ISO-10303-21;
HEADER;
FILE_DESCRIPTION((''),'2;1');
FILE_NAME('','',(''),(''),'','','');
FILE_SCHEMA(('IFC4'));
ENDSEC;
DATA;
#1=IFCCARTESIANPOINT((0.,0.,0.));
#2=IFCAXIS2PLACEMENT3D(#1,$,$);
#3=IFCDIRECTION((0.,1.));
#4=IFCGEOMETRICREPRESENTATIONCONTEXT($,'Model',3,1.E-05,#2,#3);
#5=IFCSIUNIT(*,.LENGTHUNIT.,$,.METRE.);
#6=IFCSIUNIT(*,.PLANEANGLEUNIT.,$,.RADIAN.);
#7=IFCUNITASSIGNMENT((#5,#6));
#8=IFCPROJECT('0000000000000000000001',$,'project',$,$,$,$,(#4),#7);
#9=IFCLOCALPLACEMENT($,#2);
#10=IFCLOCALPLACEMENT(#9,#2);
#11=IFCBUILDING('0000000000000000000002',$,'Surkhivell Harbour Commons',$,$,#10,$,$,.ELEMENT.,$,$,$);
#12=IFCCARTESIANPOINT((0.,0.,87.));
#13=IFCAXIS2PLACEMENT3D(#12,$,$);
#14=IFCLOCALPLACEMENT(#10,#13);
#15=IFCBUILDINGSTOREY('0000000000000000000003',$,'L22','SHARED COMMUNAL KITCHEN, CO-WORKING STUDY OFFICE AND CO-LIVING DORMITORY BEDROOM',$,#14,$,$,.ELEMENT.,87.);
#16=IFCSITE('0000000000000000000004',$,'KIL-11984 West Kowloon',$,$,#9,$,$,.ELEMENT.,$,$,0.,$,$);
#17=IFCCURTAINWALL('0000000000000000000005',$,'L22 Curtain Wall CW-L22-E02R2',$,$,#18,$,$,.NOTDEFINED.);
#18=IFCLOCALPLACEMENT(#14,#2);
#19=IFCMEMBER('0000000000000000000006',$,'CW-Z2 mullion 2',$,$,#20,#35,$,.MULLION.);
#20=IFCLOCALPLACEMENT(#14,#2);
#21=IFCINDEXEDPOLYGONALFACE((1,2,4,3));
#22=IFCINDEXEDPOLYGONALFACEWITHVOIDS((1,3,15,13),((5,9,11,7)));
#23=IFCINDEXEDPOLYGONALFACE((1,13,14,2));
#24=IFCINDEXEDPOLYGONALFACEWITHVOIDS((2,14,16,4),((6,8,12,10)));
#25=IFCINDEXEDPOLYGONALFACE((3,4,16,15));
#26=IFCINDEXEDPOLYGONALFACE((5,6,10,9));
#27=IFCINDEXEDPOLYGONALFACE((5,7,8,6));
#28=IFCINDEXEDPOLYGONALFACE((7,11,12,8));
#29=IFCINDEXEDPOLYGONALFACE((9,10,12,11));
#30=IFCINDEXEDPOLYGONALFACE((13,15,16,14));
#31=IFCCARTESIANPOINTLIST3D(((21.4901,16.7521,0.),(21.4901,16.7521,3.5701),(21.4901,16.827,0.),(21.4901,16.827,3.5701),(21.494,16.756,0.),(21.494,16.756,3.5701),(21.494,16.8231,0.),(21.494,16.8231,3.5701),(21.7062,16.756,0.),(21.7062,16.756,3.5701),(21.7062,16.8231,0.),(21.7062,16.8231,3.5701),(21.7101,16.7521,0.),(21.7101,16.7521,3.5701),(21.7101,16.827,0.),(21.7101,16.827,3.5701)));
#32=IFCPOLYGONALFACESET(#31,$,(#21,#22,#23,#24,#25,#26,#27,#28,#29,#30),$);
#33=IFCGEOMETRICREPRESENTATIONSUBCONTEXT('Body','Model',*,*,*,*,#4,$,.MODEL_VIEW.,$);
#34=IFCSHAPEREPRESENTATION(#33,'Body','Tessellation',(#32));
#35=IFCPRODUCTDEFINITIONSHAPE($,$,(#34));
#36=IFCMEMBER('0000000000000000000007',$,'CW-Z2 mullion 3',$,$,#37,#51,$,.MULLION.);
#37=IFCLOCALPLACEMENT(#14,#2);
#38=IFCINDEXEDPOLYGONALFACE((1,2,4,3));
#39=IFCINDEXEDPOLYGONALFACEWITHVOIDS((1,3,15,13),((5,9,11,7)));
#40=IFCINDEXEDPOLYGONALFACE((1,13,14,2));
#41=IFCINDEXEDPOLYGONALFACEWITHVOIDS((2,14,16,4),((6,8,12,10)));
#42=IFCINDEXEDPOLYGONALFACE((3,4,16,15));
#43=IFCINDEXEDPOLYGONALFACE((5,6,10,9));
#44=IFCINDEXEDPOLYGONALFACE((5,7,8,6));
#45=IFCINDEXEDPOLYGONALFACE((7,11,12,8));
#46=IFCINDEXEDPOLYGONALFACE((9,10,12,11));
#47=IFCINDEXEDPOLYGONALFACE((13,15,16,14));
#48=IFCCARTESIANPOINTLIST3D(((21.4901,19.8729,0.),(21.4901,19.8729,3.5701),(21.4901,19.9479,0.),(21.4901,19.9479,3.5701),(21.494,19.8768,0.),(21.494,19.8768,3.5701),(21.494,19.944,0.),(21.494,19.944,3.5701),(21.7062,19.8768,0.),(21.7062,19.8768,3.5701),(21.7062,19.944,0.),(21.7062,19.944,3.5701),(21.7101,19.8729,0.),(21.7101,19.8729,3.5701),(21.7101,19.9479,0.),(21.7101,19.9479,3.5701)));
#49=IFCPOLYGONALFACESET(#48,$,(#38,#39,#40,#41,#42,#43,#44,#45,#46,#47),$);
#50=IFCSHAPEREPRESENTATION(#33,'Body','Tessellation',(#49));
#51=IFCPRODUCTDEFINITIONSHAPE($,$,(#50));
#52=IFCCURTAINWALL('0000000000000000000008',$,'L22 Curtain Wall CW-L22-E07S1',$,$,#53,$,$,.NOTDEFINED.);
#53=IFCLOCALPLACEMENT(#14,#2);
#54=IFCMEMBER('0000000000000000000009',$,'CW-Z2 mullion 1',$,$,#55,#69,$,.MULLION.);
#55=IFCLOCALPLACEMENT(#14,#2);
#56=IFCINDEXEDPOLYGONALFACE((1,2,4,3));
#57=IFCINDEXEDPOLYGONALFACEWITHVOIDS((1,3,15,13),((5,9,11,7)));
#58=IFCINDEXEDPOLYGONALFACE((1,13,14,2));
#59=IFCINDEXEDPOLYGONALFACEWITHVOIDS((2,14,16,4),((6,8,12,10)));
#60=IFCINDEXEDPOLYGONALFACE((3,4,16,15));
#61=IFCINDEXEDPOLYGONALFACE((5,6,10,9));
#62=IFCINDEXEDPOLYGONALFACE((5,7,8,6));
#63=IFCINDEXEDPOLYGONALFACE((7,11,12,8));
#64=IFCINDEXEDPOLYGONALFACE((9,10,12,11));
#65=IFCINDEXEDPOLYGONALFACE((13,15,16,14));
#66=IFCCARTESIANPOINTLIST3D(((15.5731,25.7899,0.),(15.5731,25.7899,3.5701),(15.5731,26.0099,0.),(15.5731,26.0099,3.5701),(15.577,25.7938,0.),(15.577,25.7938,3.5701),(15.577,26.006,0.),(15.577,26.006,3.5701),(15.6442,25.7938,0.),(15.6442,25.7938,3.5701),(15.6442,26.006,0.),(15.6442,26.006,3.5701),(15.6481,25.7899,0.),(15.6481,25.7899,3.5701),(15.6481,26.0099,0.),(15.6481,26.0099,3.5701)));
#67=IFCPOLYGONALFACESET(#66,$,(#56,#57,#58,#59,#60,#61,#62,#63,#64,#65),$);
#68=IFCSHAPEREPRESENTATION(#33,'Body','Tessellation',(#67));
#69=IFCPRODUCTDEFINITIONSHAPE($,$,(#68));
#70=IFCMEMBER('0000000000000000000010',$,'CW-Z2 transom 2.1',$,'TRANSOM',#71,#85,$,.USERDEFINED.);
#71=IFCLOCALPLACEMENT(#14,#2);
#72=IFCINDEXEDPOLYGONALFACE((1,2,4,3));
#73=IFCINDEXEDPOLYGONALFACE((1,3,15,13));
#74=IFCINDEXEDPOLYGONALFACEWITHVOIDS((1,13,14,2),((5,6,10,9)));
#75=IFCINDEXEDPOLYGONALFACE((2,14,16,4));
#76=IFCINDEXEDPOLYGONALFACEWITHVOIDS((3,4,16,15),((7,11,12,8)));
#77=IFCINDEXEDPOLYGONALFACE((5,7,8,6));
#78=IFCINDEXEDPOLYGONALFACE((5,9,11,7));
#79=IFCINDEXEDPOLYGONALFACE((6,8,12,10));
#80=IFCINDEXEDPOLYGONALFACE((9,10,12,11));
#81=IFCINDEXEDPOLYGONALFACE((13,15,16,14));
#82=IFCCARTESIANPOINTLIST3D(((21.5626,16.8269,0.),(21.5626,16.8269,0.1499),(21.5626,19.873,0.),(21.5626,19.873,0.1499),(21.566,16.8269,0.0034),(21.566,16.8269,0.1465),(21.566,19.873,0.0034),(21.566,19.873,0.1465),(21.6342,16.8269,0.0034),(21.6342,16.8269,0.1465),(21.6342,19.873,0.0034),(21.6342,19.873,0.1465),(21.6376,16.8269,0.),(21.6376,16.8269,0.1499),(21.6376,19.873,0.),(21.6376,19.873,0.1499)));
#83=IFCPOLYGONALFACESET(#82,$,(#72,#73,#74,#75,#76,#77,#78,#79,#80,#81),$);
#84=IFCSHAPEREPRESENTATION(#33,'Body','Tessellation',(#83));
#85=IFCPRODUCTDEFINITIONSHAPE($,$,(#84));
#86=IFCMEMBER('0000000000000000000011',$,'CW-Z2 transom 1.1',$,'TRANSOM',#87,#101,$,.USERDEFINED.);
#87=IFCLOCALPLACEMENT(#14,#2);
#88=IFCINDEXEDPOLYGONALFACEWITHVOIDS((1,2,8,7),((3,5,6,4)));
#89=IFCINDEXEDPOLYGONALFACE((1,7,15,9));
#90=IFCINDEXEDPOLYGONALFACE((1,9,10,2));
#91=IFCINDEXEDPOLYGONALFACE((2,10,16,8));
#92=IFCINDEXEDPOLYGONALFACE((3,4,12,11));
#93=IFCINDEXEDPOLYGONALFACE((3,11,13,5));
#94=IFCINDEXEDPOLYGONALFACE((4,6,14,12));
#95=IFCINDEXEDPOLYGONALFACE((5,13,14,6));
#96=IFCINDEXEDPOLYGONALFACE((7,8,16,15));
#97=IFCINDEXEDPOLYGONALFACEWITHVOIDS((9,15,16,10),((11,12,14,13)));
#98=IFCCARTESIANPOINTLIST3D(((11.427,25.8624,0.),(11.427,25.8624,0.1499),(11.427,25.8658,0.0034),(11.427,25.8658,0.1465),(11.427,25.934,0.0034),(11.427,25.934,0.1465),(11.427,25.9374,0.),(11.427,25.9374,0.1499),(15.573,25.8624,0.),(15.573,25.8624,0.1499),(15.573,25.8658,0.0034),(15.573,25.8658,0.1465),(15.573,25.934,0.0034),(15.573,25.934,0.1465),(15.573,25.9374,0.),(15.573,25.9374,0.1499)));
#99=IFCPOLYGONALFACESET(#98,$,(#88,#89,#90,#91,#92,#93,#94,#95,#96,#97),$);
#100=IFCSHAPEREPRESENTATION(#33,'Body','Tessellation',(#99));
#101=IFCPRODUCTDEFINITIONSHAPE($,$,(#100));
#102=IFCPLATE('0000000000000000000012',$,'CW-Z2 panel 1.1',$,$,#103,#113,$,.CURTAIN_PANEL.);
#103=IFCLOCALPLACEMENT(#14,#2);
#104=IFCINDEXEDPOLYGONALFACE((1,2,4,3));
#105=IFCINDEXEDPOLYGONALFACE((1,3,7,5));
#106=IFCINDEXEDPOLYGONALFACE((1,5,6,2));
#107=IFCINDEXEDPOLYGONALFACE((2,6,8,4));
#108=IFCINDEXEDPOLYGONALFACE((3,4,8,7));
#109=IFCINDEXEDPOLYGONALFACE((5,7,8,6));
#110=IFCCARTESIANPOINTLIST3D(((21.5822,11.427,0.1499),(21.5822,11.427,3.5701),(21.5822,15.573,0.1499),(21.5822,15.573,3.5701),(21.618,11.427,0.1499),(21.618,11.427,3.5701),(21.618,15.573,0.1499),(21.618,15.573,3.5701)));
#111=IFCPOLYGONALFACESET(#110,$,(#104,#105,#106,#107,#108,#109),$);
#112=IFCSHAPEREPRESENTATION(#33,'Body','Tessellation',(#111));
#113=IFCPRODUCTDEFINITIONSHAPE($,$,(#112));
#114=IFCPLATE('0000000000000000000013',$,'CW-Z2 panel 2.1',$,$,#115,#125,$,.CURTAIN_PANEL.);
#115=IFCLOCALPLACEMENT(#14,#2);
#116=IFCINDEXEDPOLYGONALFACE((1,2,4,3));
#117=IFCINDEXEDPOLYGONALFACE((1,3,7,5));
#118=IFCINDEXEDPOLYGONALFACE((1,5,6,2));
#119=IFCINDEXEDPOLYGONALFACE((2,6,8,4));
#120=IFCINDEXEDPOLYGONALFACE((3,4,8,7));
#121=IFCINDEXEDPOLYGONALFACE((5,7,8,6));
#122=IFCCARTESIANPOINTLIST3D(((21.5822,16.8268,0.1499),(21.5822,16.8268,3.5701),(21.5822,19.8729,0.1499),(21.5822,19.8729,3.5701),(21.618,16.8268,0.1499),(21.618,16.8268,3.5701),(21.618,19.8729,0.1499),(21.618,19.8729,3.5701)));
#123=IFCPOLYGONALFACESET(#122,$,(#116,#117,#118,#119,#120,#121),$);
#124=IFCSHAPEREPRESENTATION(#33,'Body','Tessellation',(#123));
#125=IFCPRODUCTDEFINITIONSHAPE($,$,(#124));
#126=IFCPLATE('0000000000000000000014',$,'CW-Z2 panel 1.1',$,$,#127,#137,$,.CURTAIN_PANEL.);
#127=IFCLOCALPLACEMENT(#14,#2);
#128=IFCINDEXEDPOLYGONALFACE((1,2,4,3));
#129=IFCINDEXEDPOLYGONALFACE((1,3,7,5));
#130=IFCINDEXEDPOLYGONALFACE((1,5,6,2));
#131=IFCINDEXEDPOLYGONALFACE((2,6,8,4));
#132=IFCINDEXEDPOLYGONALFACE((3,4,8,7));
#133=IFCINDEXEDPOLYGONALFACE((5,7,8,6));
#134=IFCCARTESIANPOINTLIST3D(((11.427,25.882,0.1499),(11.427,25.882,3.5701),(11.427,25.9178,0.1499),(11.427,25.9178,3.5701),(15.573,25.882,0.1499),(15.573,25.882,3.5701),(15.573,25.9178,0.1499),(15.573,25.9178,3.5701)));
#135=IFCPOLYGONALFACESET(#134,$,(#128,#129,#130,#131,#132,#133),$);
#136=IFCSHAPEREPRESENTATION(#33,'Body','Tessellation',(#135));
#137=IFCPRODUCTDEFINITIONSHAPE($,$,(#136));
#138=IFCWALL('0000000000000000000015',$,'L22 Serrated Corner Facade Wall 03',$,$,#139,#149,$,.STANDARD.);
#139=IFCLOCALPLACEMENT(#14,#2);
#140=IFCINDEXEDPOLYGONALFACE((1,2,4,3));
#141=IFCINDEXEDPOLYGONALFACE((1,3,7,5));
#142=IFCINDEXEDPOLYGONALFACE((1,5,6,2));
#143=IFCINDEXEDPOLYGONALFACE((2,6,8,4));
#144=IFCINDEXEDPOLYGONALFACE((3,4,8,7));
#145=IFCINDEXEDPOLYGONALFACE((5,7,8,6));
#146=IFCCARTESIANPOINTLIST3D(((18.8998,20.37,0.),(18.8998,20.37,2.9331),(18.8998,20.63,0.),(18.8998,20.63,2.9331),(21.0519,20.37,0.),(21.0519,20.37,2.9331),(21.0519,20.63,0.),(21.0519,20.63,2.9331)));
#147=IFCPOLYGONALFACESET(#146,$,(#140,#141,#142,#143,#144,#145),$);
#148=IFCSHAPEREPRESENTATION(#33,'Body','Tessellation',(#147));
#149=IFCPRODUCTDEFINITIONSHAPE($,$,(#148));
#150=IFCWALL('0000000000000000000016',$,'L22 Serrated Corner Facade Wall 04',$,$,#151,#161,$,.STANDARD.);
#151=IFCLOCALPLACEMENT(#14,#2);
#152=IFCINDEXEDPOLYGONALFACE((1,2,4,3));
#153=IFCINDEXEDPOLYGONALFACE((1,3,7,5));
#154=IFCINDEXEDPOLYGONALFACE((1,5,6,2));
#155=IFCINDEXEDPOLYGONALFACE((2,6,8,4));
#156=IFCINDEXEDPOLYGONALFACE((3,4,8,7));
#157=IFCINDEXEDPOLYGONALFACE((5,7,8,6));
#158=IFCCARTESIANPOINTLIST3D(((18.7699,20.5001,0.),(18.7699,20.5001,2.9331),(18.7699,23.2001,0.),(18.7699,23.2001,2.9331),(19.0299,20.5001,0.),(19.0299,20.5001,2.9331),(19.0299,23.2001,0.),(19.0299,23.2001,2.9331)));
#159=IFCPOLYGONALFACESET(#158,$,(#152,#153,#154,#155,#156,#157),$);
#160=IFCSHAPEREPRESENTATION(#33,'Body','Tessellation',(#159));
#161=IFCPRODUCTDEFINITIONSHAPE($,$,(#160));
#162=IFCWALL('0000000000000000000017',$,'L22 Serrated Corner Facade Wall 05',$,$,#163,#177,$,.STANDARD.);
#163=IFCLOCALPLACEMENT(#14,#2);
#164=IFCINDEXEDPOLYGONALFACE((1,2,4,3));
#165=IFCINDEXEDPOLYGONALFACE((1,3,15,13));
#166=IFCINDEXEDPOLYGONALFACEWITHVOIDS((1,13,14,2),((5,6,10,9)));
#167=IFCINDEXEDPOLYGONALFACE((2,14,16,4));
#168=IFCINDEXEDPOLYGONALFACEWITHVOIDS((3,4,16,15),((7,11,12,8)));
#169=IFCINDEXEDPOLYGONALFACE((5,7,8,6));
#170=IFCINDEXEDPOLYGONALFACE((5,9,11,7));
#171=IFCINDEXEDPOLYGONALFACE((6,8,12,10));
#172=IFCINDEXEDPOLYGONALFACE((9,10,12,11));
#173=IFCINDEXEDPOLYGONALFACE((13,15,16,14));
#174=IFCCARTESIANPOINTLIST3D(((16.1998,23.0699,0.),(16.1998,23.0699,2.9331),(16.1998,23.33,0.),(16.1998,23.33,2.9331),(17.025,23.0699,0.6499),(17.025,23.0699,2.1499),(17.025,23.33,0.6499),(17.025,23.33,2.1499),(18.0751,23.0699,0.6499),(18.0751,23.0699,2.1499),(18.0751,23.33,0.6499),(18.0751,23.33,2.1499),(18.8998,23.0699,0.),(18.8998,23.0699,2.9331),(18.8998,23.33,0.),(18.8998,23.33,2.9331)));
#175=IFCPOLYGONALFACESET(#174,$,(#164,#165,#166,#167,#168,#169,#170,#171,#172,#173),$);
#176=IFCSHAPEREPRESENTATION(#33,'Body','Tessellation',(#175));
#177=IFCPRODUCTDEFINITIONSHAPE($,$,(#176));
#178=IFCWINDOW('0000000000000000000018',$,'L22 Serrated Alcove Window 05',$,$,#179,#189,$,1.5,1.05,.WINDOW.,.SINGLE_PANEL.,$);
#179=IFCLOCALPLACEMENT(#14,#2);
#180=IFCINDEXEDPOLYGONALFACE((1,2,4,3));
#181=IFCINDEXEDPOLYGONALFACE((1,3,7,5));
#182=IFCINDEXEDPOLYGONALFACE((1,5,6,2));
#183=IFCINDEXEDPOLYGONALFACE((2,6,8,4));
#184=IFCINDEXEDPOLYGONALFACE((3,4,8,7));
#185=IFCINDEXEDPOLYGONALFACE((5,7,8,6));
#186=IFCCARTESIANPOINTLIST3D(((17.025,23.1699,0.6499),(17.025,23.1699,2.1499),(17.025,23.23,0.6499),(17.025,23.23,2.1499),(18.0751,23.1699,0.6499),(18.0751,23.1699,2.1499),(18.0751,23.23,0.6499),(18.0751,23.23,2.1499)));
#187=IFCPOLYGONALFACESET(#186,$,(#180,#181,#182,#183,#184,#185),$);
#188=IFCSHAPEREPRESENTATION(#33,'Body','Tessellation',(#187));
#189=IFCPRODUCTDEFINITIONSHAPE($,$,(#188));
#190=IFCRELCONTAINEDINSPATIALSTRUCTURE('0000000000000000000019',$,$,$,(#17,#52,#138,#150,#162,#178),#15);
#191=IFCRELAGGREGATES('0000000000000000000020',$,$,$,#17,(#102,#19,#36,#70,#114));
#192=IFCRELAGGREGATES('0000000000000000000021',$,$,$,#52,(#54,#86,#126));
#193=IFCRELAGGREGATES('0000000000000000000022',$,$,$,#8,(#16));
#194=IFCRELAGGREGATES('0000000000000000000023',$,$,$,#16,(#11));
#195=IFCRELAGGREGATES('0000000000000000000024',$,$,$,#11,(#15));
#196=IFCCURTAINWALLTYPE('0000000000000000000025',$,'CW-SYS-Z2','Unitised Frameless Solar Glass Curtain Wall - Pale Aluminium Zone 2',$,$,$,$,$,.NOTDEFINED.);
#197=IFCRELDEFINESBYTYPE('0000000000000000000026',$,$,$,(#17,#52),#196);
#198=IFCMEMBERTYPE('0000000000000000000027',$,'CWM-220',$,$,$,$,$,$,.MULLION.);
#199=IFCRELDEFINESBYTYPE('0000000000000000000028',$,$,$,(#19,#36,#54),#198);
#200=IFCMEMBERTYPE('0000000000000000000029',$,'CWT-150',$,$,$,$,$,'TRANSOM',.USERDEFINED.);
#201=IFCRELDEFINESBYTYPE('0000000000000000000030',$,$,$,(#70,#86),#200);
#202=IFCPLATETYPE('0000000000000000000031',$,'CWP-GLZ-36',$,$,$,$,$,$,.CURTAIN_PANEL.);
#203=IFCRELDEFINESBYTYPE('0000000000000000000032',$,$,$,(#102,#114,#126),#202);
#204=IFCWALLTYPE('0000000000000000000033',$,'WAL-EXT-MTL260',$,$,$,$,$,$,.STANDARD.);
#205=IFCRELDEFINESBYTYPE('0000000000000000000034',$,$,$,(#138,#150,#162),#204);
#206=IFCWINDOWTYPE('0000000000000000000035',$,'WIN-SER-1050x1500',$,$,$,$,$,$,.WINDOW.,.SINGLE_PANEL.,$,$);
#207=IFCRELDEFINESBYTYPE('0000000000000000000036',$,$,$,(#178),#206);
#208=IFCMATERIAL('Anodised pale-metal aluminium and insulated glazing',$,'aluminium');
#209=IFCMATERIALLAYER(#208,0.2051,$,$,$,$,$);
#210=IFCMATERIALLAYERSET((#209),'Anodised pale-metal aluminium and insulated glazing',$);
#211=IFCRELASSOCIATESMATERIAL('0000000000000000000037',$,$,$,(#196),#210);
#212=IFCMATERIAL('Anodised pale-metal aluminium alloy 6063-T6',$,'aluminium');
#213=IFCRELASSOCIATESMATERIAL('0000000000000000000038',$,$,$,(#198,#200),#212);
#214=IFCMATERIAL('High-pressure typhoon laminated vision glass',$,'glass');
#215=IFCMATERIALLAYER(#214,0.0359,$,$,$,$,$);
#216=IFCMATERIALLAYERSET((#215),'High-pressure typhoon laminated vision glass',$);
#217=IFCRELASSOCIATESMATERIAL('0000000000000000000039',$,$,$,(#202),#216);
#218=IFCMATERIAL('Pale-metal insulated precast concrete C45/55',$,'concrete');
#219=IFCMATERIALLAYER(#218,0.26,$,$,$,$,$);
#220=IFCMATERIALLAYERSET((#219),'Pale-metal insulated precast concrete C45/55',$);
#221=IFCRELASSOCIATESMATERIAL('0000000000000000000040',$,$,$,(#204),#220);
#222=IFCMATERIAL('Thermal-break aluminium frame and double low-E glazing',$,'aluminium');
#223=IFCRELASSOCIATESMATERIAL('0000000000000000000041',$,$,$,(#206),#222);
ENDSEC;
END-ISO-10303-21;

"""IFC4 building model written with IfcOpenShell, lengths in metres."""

from ifc_helpers import new_model, si_unit, direction, frame, frame_2d, origin, origin_2d, place, context, subcontext, project, spatial, rectangle, hollow_rectangle, extrude, material, layer, layer_set, material_profile, profile_set, type_object, element, fill, aggregate, save


model = new_model("IFC4")

# Units and contexts
model_context = context("Model", 3, precision=1e-05, world=origin(), true_north=direction((0.0, 1.0)))
body_context = subcontext(model_context, "Body", "Model", "MODEL_VIEW")
ifc_project = project(units=[si_unit("LENGTHUNIT", "METRE"), si_unit("PLANEANGLEUNIT", "RADIAN")], contexts=[model_context])

# Site, building, storey
site_placement = place(None, origin())
site = spatial("IfcSite", under=ifc_project, at=site_placement, Name="KIL-11984 West Kowloon", CompositionType="ELEMENT", RefElevation=0.0)
building_placement = place(site_placement, origin())
building = spatial("IfcBuilding", under=site, at=building_placement, Name="Surkhivell Harbour Commons", CompositionType="ELEMENT")
storey_placement = place(building_placement, frame((0.0, 0.0, 87.0)))
storey = spatial("IfcBuildingStorey", under=building, at=storey_placement, Name="L22", Description="SHARED COMMUNAL KITCHEN, CO-WORKING STUDY OFFICE AND CO-LIVING DORMITORY BEDROOM", CompositionType="ELEMENT", Elevation=87.0)

# Curtain wall, members
ifc_material_1 = material(Name="Anodised pale-metal aluminium and insulated glazing", Category="aluminium")
ifc_layer_1 = layer(ifc_material_1, 0.2051)
ifc_layer_set_1 = layer_set([ifc_layer_1], Name="Anodised pale-metal aluminium and insulated glazing")
curtain_wall_type = type_object("IfcCurtainWallType", Name="CW-SYS-Z2", Description="Unitised Frameless Solar Glass Curtain Wall - Pale Aluminium Zone 2", PredefinedType="NOTDEFINED", material=ifc_layer_set_1)
curtain_wall_1_placement = place(storey_placement, origin())
curtain_wall_1 = element("IfcCurtainWall", 1, at=curtain_wall_1_placement, inside=storey, type_object=curtain_wall_type, Name="L22 Curtain Wall CW-L22-E02R2", PredefinedType="NOTDEFINED")
ifc_material_2 = material(Name="Anodised pale-metal aluminium alloy 6063-T6", Category="aluminium")
ifc_material_profile_1 = material_profile(ifc_material_2, hollow_rectangle(XDim=0.075, YDim=0.22, WallThickness=0.0039, at=origin_2d()), Name="ALU-MULL-75x220")
ifc_profile_set_1 = profile_set([ifc_material_profile_1], Name="Anodised pale-metal aluminium alloy 6063-T6")
member_type_1 = type_object("IfcMemberType", Name="CWM-220", PredefinedType="MULLION", material=ifc_profile_set_1)
member_1_placement = place(storey_placement, frame((21.6001, 16.7896, 0.0), z_axis=(0.0, 0.0, 1.0), x_axis=(0.0, 1.0, 0.0)))
member_1 = element("IfcMember", 2, at=member_1_placement, type_object=member_type_1, Name="CW-Z2 mullion 2", PredefinedType="MULLION", context=body_context, shape_type="SweptSolid", body=[
    extrude(hollow_rectangle(XDim=0.075, YDim=0.22, WallThickness=0.0039, at=origin_2d()), origin(), (0.0, 0.0, 1.0), 3.5701),
])
member_2_placement = place(storey_placement, frame((21.6001, 19.9104, 0.0), z_axis=(0.0, 0.0, 1.0), x_axis=(0.0, 1.0, 0.0)))
member_2 = element("IfcMember", 3, at=member_2_placement, type_object=member_type_1, Name="CW-Z2 mullion 3", PredefinedType="MULLION", context=body_context, shape_type="SweptSolid", body=[
    extrude(hollow_rectangle(XDim=0.075, YDim=0.22, WallThickness=0.0039, at=origin_2d()), origin(), (0.0, 0.0, 1.0), 3.5701),
])

# Curtain wall, member
curtain_wall_2_placement = place(storey_placement, origin())
curtain_wall_2 = element("IfcCurtainWall", 4, at=curtain_wall_2_placement, inside=storey, type_object=curtain_wall_type, Name="L22 Curtain Wall CW-L22-E07S1", PredefinedType="NOTDEFINED")
member_3_placement = place(storey_placement, frame((15.6106, 25.8999, 0.0), z_axis=(0.0, 0.0, 1.0), x_axis=(-1.0, 0.0, 0.0)))
member_3 = element("IfcMember", 5, at=member_3_placement, type_object=member_type_1, Name="CW-Z2 mullion 1", PredefinedType="MULLION", context=body_context, shape_type="SweptSolid", body=[
    extrude(hollow_rectangle(XDim=0.075, YDim=0.22, WallThickness=0.0039, at=origin_2d()), origin(), (0.0, 0.0, 1.0), 3.5701),
])

# Members
ifc_material_profile_2 = material_profile(ifc_material_2, hollow_rectangle(XDim=0.075, YDim=0.1499, WallThickness=0.0034, at=origin_2d()), Name="ALU-TRAN-75x150")
ifc_profile_set_2 = profile_set([ifc_material_profile_2], Name="Anodised pale-metal aluminium alloy 6063-T6")
member_type_2 = type_object("IfcMemberType", Name="CWT-150", ElementType="TRANSOM", PredefinedType="USERDEFINED", material=ifc_profile_set_2)
member_4_placement = place(storey_placement, frame((21.6001, 16.8269, 0.075), z_axis=(0.0, 1.0, 0.0), x_axis=(-1.0, 0.0, 0.0)))
member_4 = element("IfcMember", 6, at=member_4_placement, type_object=member_type_2, Name="CW-Z2 transom 2.1", ObjectType="TRANSOM", PredefinedType="USERDEFINED", context=body_context, shape_type="SweptSolid", body=[
    extrude(hollow_rectangle(XDim=0.075, YDim=0.1499, WallThickness=0.0034, at=origin_2d()), origin(), (0.0, 0.0, 1.0), 3.0461),
])
member_5_placement = place(storey_placement, frame((15.573, 25.8999, 0.075), z_axis=(-1.0, 0.0, 0.0), x_axis=(0.0, -1.0, 0.0)))
member_5 = element("IfcMember", 7, at=member_5_placement, type_object=member_type_2, Name="CW-Z2 transom 1.1", ObjectType="TRANSOM", PredefinedType="USERDEFINED", context=body_context, shape_type="SweptSolid", body=[
    extrude(hollow_rectangle(XDim=0.075, YDim=0.1499, WallThickness=0.0034, at=origin_2d()), origin(), (0.0, 0.0, 1.0), 4.146),
])

# Plates
ifc_material_3 = material(Name="High-pressure typhoon laminated vision glass", Category="glass")
ifc_layer_2 = layer(ifc_material_3, 0.0359)
ifc_layer_set_2 = layer_set([ifc_layer_2], Name="High-pressure typhoon laminated vision glass")
plate_type = type_object("IfcPlateType", Name="CWP-GLZ-36", PredefinedType="CURTAIN_PANEL", material=ifc_layer_set_2)
plate_1_placement = place(storey_placement, frame((21.6001, 11.427, 0.1499), z_axis=(0.0, 0.0, 1.0), x_axis=(0.0, 1.0, 0.0)))
plate_1 = element("IfcPlate", 8, at=plate_1_placement, type_object=plate_type, Name="CW-Z2 panel 1.1", PredefinedType="CURTAIN_PANEL", context=body_context, shape_type="SweptSolid", body=[
    extrude(rectangle(XDim=4.146, YDim=0.0359, at=frame_2d((2.073, 0.0))), origin(), (0.0, 0.0, 1.0), 3.4202),
])
plate_2_placement = place(storey_placement, frame((21.6001, 16.8269, 0.1499), z_axis=(0.0, 0.0, 1.0), x_axis=(0.0, 1.0, 0.0)))
plate_2 = element("IfcPlate", 9, at=plate_2_placement, type_object=plate_type, Name="CW-Z2 panel 2.1", PredefinedType="CURTAIN_PANEL", context=body_context, shape_type="SweptSolid", body=[
    extrude(rectangle(XDim=3.0461, YDim=0.0359, at=frame_2d((1.5229, 0.0))), origin(), (0.0, 0.0, 1.0), 3.4202),
])
aggregate(curtain_wall_1, [plate_1, member_1, member_2, member_4, plate_2])
plate_3_placement = place(storey_placement, frame((15.573, 25.8999, 0.1499), z_axis=(0.0, 0.0, 1.0), x_axis=(-1.0, 0.0, 0.0)))
plate_3 = element("IfcPlate", 10, at=plate_3_placement, type_object=plate_type, Name="CW-Z2 panel 1.1", PredefinedType="CURTAIN_PANEL", context=body_context, shape_type="SweptSolid", body=[
    extrude(rectangle(XDim=4.146, YDim=0.0359, at=frame_2d((2.073, 0.0))), origin(), (0.0, 0.0, 1.0), 3.4202),
])
aggregate(curtain_wall_2, [member_3, member_5, plate_3])

# Walls
ifc_material_4 = material(Name="Pale-metal insulated precast concrete C45/55", Category="concrete")
ifc_layer_3 = layer(ifc_material_4, 0.26)
ifc_layer_set_3 = layer_set([ifc_layer_3], Name="Pale-metal insulated precast concrete C45/55")
wall_type_1 = type_object("IfcWallType", Name="WAL-EXT-MTL260", PredefinedType="STANDARD", material=ifc_layer_set_3)
wall_1_placement = place(storey_placement, frame((21.052, 20.5, 0.0), z_axis=(0.0, 0.0, 1.0), x_axis=(-1.0, 0.0, 0.0)))
element("IfcWall", 11, at=wall_1_placement, inside=storey, type_object=wall_type_1, Name="L22 Serrated Corner Facade Wall 03", PredefinedType="STANDARD", context=body_context, shape_type="SweptSolid", body=[
    extrude(rectangle(XDim=2.1521, YDim=0.26, at=frame_2d((1.0762, 0.0))), origin(), (0.0, 0.0, 1.0), 2.9331),
])
wall_2_placement = place(storey_placement, frame((18.8999, 20.5, 0.0), z_axis=(0.0, 0.0, 1.0), x_axis=(0.0, 1.0, 0.0)))
element("IfcWall", 12, at=wall_2_placement, inside=storey, type_object=wall_type_1, Name="L22 Serrated Corner Facade Wall 04", PredefinedType="STANDARD", context=body_context, shape_type="SweptSolid", body=[
    extrude(rectangle(XDim=2.7, YDim=0.26, at=frame_2d((1.3501, 0.0))), origin(), (0.0, 0.0, 1.0), 2.9331),
])

# Wall, opening, window
wall_3_placement = place(storey_placement, frame((18.8999, 23.2, 0.0), z_axis=(0.0, 0.0, 1.0), x_axis=(-1.0, 0.0, 0.0)))
wall_3 = element("IfcWall", 13, at=wall_3_placement, inside=storey, type_object=wall_type_1, Name="L22 Serrated Corner Facade Wall 05", PredefinedType="STANDARD", context=body_context, shape_type="SweptSolid", body=[
    extrude(rectangle(XDim=2.7, YDim=0.26, at=frame_2d((1.3501, 0.0))), origin(), (0.0, 0.0, 1.0), 2.9331),
])
opening_placement = place(wall_3_placement, frame((0.825, 0.0, 0.6499)))
opening = element("IfcOpeningElement", 14, at=opening_placement, cuts=wall_3, PredefinedType="OPENING", context=body_context, shape_type="SweptSolid", body=[
    extrude(rectangle(XDim=1.05, YDim=1.5, at=frame_2d((0.5249, 0.75))), frame((0.0, 0.1399, 0.0), z_axis=(0.0, -1.0, 0.0), x_axis=(1.0, 0.0, 0.0)), (0.0, 0.0, 1.0), 0.28),
])
ifc_material_5 = material(Name="Thermal-break aluminium frame and double low-E glazing", Category="aluminium")
window_type = type_object("IfcWindowType", Name="WIN-SER-1050x1500", PartitioningType="SINGLE_PANEL", PredefinedType="WINDOW", material=ifc_material_5)
window_placement = place(opening_placement, origin())
window = element("IfcWindow", 15, at=window_placement, inside=storey, type_object=window_type, Name="L22 Serrated Alcove Window 05", OverallHeight=1.5, OverallWidth=1.05, PartitioningType="SINGLE_PANEL", PredefinedType="WINDOW", context=body_context, shape_type="SweptSolid", body=[
    extrude(rectangle(XDim=1.05, YDim=1.5, at=frame_2d((0.5249, 0.75))), frame((0.0, 0.03, 0.0), z_axis=(0.0, -1.0, 0.0), x_axis=(1.0, 0.0, 0.0)), (0.0, 0.0, 1.0), 0.0601),
])
fill(opening, window)

save(model, "model.ifc")
